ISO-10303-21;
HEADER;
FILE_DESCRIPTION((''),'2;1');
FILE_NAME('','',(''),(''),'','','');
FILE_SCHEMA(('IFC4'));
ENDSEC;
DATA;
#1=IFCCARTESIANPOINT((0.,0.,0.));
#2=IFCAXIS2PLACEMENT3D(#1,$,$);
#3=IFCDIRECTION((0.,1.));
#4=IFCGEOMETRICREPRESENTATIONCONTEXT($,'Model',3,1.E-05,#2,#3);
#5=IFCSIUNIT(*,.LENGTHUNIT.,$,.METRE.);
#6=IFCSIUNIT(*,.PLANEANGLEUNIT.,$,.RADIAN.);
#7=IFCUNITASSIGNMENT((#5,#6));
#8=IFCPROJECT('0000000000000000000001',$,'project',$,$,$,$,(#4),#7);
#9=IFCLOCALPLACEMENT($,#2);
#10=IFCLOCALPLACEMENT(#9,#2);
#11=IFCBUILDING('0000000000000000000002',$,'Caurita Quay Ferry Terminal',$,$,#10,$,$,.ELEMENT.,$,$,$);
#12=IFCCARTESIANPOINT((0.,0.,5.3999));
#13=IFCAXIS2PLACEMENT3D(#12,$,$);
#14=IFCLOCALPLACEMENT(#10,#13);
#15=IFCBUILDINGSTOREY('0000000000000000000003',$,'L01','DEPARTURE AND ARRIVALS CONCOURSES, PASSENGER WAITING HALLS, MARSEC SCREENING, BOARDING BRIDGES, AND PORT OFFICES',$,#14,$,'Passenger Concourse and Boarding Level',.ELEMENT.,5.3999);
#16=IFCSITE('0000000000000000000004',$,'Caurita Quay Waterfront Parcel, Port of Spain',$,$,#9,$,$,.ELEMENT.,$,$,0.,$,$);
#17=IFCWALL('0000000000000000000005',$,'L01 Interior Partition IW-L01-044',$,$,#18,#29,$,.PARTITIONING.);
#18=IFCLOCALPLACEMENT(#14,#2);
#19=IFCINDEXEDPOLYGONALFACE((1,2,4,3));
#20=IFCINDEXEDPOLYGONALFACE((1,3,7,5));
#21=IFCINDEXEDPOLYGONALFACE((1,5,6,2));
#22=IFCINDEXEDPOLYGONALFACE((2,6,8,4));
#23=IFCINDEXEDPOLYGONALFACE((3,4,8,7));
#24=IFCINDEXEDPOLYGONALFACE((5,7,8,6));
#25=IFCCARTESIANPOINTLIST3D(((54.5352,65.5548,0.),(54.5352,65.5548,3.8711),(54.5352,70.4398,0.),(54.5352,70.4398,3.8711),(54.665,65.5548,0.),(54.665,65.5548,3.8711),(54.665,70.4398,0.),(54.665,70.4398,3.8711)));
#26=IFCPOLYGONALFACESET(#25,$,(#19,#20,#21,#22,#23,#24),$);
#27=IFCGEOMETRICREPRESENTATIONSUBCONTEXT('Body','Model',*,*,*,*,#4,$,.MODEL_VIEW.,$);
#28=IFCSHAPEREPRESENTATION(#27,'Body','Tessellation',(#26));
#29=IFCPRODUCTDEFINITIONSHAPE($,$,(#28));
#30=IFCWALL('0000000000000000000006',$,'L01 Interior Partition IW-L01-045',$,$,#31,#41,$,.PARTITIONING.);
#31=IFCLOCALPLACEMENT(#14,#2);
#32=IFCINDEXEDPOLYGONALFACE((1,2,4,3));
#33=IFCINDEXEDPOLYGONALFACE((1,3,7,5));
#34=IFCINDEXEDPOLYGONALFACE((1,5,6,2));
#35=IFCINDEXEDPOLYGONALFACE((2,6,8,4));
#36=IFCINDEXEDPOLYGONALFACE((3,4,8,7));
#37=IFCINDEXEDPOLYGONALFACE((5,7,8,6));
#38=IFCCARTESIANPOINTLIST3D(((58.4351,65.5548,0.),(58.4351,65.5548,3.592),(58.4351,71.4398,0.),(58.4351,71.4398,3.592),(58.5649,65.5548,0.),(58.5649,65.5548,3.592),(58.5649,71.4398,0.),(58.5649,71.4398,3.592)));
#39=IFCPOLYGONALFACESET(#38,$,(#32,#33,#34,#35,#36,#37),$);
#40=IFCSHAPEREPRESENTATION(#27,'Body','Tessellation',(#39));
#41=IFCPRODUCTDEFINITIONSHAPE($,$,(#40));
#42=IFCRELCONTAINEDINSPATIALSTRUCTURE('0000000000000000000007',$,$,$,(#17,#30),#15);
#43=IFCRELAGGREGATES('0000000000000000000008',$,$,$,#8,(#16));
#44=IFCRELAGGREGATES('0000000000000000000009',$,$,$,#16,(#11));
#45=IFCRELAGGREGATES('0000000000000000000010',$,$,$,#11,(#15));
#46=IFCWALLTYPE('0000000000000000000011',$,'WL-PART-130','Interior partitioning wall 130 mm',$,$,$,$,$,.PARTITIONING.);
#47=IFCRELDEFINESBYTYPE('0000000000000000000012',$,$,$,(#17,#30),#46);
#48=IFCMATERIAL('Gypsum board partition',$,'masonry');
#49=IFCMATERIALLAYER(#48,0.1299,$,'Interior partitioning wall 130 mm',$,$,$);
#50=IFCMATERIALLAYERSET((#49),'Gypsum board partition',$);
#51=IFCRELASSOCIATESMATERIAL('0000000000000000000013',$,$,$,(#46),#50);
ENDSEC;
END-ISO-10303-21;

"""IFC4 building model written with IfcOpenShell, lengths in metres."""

from ifc_helpers import new_model, si_unit, direction, frame, frame_2d, origin, place, context, subcontext, project, spatial, rectangle, extrude, material, layer, layer_set, type_object, element, save


model = new_model("IFC4")

# Units and contexts
model_context = context("Model", 3, precision=1e-05, world=origin(), true_north=direction((0.0, 1.0)))
body_context = subcontext(model_context, "Body", "Model", "MODEL_VIEW")
ifc_project = project(units=[si_unit("LENGTHUNIT", "METRE"), si_unit("PLANEANGLEUNIT", "RADIAN")], contexts=[model_context])

# Site, building, storey
site_placement = place(None, origin())
site = spatial("IfcSite", under=ifc_project, at=site_placement, Name="Caurita Quay Waterfront Parcel, Port of Spain", CompositionType="ELEMENT", RefElevation=0.0)
building_placement = place(site_placement, origin())
building = spatial("IfcBuilding", under=site, at=building_placement, Name="Caurita Quay Ferry Terminal", CompositionType="ELEMENT")
storey_placement = place(building_placement, frame((0.0, 0.0, 5.3999)))
storey = spatial("IfcBuildingStorey", under=building, at=storey_placement, Name="L01", Description="DEPARTURE AND ARRIVALS CONCOURSES, PASSENGER WAITING HALLS, MARSEC SCREENING, BOARDING BRIDGES, AND PORT OFFICES", LongName="Passenger Concourse and Boarding Level", CompositionType="ELEMENT", Elevation=5.3999)

# Walls
ifc_material_1 = material(Name="Gypsum board partition", Category="masonry")
ifc_layer_1 = layer(ifc_material_1, 0.1299, Name="Interior partitioning wall 130 mm")
ifc_layer_set_1 = layer_set([ifc_layer_1], Name="Gypsum board partition")
wall_type_1 = type_object("IfcWallType", Name="WL-PART-130", Description="Interior partitioning wall 130 mm", PredefinedType="PARTITIONING", material=ifc_layer_set_1)
wall_1_placement = place(storey_placement, frame((54.6001, 65.5549, 0.0), z_axis=(0.0, 0.0, 1.0), x_axis=(0.0, 1.0, 0.0)))
element("IfcWall", 1, at=wall_1_placement, inside=storey, type_object=wall_type_1, Name="L01 Interior Partition IW-L01-044", PredefinedType="PARTITIONING", context=body_context, shape_type="SweptSolid", body=[
    extrude(rectangle(XDim=4.885, YDim=0.1299, at=frame_2d((2.4424, 0.0))), origin(), (0.0, 0.0, 1.0), 3.8711),
])
wall_2_placement = place(storey_placement, frame((58.5, 65.5549, 0.0), z_axis=(0.0, 0.0, 1.0), x_axis=(0.0, 1.0, 0.0)))
element("IfcWall", 2, at=wall_2_placement, inside=storey, type_object=wall_type_1, Name="L01 Interior Partition IW-L01-045", PredefinedType="PARTITIONING", context=body_context, shape_type="SweptSolid", body=[
    extrude(rectangle(XDim=5.885, YDim=0.1299, at=frame_2d((2.9424, 0.0))), origin(), (0.0, 0.0, 1.0), 3.592),
])

save(model, "model.ifc")
